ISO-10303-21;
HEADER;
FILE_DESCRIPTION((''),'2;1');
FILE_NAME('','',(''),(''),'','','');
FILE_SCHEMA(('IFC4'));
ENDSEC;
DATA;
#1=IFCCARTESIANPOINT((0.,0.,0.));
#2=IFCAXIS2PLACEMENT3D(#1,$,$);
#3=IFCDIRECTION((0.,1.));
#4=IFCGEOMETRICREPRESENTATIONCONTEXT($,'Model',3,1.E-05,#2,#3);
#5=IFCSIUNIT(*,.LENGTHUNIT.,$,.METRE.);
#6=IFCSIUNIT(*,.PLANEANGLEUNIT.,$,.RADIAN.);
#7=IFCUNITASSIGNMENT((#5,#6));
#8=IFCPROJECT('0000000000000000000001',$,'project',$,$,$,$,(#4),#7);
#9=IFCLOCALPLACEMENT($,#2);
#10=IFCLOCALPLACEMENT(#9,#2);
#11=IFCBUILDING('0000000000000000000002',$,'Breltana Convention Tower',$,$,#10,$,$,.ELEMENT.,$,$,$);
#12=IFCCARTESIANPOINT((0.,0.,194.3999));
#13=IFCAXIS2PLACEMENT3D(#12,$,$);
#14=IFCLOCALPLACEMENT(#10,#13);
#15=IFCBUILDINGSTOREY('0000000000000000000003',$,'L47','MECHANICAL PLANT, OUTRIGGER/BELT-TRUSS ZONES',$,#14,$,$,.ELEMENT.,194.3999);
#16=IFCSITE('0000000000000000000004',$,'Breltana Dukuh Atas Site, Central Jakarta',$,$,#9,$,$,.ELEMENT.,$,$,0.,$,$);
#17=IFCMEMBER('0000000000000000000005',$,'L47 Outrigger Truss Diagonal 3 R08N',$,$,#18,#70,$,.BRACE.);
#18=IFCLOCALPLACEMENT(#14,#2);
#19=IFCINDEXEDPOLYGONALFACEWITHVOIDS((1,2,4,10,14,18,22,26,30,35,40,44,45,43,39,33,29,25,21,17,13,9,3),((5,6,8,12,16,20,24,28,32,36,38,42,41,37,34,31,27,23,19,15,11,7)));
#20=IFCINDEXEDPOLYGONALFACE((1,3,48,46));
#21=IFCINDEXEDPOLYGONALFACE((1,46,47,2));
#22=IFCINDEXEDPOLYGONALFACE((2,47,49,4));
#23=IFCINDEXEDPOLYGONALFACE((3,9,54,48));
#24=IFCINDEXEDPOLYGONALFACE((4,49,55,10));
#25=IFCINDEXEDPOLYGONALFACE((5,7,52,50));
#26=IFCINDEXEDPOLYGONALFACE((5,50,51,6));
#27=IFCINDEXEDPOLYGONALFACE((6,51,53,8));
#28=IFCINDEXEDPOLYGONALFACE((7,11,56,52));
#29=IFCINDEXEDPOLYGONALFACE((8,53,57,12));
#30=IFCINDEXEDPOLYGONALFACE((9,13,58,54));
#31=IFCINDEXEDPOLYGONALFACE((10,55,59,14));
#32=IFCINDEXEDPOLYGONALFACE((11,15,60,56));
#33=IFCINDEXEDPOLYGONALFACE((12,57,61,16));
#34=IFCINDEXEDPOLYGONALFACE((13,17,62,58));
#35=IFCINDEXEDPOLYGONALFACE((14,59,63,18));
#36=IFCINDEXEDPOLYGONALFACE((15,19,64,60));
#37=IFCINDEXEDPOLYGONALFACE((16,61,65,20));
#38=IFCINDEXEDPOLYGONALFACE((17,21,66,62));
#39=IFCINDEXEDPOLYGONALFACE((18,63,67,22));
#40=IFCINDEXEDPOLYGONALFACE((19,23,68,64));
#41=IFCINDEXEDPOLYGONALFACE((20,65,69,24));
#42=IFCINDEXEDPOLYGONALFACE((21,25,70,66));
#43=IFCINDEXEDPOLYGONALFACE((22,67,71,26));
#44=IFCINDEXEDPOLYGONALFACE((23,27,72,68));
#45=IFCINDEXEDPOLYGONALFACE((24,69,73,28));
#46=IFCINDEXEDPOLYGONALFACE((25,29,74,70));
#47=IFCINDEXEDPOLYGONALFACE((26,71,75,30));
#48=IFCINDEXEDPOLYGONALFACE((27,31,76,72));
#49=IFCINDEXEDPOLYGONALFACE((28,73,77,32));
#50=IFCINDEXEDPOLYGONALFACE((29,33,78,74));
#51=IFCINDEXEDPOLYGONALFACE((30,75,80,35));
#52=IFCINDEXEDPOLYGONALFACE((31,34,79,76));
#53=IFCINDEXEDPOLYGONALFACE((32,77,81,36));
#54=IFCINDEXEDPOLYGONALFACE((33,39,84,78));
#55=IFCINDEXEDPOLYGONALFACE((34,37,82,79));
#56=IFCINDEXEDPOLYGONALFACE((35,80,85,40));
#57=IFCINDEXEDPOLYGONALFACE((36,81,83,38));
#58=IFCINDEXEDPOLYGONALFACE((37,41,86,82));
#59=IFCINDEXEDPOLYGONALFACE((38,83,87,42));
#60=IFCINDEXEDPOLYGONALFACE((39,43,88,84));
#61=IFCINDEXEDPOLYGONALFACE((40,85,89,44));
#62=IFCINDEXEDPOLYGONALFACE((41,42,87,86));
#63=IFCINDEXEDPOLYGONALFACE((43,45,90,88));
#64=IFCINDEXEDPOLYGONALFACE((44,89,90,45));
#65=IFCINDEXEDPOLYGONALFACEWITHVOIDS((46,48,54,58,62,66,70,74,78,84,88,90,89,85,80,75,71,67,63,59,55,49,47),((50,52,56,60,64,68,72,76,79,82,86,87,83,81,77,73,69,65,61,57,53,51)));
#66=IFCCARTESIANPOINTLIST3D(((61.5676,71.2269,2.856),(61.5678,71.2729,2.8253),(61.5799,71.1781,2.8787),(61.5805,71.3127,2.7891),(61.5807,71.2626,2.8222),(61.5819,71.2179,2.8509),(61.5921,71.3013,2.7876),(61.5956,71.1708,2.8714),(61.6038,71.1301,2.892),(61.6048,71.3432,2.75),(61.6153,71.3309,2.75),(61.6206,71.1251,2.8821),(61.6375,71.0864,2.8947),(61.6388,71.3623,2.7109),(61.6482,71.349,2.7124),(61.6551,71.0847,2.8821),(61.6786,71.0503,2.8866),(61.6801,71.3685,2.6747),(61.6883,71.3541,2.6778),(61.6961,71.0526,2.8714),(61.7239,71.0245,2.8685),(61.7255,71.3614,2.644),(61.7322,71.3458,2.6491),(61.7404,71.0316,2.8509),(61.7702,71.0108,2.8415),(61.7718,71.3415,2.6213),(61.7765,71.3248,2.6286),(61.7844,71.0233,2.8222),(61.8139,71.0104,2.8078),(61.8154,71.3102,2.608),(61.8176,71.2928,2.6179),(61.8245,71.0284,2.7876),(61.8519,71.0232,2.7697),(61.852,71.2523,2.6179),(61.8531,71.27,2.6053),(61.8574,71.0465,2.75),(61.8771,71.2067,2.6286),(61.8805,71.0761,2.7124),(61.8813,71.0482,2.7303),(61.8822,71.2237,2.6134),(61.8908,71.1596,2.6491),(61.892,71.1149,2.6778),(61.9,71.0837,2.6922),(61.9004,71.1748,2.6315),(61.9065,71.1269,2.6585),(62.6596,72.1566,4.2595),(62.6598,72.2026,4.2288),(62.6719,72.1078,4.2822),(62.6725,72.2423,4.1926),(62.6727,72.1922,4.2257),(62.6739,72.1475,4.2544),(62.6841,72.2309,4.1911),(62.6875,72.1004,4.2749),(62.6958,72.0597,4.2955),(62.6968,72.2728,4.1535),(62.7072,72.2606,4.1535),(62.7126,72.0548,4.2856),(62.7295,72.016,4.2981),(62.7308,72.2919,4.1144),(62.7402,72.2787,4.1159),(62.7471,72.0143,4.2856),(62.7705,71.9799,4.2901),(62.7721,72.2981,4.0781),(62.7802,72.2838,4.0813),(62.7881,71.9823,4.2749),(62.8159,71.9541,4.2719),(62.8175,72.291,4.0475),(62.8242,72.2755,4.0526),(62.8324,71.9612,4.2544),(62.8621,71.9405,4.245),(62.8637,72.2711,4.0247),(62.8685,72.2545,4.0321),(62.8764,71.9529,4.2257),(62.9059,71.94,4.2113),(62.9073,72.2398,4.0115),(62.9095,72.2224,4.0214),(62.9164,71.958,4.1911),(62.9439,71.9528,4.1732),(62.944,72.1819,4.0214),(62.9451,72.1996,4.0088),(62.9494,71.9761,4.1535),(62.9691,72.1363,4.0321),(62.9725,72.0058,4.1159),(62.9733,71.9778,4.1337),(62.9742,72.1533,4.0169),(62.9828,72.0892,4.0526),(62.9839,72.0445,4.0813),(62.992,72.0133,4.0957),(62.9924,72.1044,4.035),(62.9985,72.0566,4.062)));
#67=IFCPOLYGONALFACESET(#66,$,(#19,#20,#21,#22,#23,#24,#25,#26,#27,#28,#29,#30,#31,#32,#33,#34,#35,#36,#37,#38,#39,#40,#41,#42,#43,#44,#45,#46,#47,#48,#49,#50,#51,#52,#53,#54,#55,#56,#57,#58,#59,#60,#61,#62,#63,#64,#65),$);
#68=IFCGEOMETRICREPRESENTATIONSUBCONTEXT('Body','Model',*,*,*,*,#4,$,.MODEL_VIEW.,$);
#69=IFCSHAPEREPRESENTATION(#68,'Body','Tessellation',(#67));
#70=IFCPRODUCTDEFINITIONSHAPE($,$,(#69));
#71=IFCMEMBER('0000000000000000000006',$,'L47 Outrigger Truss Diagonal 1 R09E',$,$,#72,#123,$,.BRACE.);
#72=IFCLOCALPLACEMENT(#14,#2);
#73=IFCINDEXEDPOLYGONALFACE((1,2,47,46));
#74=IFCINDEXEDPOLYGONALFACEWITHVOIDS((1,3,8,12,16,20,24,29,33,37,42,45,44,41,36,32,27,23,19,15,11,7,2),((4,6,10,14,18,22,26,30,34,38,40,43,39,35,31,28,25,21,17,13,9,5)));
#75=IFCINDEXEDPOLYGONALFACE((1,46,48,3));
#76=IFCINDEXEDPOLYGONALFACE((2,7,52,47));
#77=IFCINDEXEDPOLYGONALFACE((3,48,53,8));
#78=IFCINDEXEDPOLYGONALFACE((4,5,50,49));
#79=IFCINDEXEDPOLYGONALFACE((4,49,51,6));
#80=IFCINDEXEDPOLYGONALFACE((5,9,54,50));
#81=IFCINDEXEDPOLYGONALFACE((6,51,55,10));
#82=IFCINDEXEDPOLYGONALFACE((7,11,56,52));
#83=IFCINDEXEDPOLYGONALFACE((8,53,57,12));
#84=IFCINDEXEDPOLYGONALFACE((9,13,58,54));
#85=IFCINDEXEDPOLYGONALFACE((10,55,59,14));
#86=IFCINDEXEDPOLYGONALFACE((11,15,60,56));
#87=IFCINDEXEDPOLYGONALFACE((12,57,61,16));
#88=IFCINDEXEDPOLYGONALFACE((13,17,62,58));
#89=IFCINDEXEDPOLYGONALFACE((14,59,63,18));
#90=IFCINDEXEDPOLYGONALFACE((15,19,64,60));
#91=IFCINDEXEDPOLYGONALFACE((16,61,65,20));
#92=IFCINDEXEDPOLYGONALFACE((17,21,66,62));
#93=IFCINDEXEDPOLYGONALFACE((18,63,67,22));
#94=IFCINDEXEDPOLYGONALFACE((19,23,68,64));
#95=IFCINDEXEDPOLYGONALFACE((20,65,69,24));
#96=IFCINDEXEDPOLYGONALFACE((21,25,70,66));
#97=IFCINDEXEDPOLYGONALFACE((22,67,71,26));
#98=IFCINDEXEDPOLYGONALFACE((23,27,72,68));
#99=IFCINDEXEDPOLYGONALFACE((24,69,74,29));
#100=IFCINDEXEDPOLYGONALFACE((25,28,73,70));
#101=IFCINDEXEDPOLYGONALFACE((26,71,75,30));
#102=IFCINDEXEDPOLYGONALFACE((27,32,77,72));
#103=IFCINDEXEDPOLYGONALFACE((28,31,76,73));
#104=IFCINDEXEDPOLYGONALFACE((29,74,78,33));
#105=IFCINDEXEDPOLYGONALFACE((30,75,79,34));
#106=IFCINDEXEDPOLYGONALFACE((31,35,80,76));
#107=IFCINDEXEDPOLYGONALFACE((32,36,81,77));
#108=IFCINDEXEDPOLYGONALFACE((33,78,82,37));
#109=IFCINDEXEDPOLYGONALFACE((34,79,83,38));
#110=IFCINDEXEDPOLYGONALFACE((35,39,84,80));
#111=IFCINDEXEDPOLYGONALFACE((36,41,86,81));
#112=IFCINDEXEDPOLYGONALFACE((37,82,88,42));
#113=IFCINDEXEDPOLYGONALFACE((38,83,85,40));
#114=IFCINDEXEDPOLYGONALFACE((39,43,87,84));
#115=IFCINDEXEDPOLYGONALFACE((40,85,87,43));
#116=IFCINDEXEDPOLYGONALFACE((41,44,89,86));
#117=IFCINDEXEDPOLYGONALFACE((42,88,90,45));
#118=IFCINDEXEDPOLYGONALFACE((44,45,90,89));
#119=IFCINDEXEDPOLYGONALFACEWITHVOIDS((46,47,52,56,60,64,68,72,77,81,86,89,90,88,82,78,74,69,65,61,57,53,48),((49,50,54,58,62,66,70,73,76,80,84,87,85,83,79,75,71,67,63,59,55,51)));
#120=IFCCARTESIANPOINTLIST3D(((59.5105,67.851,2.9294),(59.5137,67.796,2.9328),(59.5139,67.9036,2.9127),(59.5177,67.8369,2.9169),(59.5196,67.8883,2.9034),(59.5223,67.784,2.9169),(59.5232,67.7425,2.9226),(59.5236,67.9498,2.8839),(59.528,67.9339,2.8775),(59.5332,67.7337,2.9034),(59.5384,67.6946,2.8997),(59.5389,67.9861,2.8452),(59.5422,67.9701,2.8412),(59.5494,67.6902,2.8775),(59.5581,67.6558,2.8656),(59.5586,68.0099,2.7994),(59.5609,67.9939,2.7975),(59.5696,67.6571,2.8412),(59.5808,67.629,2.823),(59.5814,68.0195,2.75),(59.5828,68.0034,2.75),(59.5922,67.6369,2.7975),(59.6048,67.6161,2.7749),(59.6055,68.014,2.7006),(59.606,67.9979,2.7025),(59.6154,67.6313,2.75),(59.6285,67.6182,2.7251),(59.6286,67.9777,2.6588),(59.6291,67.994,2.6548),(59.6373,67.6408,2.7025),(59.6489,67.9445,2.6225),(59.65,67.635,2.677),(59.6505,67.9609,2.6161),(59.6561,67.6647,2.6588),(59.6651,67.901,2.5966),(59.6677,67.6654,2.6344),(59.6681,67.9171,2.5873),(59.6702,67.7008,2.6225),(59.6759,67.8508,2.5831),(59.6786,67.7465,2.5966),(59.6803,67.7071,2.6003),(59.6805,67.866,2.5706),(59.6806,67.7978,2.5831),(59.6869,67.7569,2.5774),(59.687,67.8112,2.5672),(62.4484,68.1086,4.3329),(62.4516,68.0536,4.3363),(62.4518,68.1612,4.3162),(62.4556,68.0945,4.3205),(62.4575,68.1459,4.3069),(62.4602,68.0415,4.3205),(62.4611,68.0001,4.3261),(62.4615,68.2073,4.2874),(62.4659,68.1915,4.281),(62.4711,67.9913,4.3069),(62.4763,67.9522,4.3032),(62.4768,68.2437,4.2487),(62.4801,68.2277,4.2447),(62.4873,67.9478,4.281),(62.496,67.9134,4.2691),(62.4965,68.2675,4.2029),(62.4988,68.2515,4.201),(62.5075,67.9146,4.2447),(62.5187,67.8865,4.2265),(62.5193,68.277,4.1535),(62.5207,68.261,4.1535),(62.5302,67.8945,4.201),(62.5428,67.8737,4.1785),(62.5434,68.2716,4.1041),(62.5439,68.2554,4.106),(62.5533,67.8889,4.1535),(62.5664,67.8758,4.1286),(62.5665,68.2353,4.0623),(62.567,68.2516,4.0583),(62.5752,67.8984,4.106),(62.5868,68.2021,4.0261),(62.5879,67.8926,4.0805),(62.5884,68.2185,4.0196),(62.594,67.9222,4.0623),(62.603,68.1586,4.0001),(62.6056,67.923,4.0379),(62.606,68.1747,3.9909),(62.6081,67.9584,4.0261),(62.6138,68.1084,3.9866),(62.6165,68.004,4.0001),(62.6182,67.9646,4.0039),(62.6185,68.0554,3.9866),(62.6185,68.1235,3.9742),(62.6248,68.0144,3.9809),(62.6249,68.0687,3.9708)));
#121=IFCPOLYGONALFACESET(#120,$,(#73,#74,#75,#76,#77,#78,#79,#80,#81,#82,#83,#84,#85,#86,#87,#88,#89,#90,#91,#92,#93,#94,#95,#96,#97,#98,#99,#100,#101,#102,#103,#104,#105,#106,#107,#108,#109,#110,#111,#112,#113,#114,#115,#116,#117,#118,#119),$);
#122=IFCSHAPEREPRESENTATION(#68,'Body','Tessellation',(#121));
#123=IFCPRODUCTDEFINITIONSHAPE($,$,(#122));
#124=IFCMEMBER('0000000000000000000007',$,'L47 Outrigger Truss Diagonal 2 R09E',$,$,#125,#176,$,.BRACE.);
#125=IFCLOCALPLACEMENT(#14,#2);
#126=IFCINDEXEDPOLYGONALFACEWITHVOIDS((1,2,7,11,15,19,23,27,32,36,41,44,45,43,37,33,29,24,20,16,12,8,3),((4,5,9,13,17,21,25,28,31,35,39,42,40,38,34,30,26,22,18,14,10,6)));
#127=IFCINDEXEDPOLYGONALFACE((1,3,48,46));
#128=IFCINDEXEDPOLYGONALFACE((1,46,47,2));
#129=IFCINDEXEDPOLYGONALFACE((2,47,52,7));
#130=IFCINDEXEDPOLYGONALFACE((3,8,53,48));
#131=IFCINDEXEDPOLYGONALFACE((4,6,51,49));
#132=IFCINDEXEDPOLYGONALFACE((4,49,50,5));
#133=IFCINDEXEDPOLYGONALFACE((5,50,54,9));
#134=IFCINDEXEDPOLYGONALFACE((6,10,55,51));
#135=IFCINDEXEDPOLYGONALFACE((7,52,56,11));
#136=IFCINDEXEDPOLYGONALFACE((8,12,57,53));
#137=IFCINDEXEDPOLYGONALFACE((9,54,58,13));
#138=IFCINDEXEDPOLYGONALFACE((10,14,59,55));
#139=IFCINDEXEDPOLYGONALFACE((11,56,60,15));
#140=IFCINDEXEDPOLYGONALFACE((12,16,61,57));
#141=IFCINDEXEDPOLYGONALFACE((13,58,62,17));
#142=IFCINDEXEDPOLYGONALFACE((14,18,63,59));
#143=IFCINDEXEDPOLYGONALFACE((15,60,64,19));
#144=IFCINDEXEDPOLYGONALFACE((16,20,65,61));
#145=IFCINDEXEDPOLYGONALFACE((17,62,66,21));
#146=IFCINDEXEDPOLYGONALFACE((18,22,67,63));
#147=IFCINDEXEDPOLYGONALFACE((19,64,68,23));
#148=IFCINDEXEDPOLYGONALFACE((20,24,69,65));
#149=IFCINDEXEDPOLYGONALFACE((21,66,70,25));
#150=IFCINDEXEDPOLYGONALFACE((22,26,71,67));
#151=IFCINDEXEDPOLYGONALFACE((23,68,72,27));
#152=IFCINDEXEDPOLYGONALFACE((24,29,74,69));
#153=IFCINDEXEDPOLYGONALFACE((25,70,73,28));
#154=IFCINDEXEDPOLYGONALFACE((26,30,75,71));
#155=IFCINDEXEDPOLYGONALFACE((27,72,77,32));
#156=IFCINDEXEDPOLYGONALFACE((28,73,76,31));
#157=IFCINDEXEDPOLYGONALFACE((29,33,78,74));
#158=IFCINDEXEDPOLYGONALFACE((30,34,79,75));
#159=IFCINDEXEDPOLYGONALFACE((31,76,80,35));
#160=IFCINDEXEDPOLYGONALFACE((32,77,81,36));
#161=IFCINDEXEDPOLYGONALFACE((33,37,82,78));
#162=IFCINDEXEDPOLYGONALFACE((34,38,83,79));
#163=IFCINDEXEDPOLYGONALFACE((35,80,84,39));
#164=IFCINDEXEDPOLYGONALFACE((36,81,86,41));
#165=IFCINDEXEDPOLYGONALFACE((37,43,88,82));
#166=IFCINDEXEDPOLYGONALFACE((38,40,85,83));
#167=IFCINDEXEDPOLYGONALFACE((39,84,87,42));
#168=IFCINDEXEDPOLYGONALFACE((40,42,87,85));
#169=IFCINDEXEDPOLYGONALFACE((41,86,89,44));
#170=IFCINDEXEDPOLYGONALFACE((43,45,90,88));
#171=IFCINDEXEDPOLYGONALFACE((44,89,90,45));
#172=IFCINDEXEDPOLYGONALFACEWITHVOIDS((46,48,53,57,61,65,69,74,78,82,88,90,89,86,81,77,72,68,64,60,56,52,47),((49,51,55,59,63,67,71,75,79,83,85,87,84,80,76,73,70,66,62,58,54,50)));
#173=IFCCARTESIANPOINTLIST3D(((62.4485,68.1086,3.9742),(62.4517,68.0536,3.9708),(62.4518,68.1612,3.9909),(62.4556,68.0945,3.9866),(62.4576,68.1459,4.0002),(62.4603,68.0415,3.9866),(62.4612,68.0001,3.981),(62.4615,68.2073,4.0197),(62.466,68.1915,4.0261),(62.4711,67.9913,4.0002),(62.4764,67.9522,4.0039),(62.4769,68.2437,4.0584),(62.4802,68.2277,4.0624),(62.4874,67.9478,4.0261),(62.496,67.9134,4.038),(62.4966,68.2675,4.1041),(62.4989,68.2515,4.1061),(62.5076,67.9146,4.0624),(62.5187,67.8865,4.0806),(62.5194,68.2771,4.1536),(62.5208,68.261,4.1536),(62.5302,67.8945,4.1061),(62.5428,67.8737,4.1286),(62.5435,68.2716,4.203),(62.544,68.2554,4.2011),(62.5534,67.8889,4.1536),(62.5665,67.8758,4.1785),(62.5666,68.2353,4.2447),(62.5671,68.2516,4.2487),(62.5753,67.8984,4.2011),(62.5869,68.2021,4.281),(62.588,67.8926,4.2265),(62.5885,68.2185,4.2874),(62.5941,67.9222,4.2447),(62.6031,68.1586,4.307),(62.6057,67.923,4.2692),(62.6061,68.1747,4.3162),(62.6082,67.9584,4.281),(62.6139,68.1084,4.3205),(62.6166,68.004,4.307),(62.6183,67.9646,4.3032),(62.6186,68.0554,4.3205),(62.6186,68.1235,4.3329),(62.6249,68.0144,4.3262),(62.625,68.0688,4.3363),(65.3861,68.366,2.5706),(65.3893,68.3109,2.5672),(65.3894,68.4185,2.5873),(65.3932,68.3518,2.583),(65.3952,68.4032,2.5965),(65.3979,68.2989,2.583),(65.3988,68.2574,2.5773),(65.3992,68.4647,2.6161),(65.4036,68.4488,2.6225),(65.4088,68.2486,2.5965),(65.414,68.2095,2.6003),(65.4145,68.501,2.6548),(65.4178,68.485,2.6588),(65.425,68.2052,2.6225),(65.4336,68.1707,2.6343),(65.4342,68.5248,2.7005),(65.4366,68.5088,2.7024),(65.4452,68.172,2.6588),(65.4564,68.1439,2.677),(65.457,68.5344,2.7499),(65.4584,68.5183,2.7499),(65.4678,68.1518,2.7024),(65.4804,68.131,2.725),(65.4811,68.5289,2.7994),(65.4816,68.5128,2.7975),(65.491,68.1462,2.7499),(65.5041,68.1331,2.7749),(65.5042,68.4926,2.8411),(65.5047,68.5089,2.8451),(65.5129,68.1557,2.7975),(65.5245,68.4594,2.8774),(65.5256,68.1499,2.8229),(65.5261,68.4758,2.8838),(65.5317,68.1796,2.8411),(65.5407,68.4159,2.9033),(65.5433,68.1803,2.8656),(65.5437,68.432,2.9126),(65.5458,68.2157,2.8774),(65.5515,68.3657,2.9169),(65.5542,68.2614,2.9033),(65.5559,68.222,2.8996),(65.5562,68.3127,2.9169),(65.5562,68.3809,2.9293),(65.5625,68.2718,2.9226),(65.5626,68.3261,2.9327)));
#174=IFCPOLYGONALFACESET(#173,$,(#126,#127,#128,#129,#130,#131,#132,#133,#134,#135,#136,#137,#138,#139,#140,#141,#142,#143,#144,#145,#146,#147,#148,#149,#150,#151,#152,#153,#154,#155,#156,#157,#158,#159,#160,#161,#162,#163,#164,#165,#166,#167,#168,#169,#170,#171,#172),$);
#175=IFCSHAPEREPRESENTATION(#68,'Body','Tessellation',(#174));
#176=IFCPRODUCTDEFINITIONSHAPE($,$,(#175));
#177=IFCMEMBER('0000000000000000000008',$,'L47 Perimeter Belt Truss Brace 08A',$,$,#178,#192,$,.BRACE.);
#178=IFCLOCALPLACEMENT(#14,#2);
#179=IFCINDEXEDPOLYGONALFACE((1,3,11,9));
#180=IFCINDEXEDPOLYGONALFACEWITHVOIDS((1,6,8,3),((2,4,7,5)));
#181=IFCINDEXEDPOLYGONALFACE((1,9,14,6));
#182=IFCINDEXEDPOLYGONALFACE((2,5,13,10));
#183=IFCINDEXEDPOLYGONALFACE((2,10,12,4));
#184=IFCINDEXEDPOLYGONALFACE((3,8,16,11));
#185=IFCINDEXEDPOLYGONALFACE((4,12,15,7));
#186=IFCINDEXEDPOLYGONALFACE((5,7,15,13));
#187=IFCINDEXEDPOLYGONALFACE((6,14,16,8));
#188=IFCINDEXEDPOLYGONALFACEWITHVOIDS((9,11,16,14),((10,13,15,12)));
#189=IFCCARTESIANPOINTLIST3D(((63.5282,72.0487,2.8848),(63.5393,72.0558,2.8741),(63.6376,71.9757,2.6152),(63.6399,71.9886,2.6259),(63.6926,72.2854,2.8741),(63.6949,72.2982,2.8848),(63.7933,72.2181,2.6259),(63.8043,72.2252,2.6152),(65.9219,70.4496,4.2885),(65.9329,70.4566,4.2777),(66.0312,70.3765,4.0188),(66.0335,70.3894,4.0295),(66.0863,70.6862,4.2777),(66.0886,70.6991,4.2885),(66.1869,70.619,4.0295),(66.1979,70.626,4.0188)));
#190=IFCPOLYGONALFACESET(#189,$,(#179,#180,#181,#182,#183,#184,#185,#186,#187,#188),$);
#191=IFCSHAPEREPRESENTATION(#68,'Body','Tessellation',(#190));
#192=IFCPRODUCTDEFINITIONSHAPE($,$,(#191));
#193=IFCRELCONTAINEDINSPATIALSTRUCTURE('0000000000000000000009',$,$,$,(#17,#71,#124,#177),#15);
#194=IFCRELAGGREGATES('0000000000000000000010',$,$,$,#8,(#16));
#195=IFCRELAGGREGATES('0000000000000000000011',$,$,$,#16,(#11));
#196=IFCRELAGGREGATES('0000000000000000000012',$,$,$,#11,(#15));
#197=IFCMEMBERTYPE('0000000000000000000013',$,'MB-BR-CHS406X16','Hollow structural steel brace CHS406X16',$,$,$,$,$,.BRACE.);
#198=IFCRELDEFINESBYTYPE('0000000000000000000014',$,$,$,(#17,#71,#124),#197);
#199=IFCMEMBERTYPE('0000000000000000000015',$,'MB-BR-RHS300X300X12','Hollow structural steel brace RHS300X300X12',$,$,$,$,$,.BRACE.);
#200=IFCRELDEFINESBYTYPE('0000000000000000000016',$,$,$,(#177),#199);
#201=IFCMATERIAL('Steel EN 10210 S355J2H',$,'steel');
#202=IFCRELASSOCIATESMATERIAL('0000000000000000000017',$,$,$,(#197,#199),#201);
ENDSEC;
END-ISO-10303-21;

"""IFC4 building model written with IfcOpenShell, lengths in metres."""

from ifc_helpers import new_model, si_unit, direction, frame, origin, origin_2d, place, context, subcontext, project, spatial, hollow_rectangle, hollow_circle, extrude, source, transform, mapped, material, material_profile, profile_set, type_object, element, save


model = new_model("IFC4")

# Units and contexts
model_context = context("Model", 3, precision=1e-05, world=origin(), true_north=direction((0.0, 1.0)))
body_context = subcontext(model_context, "Body", "Model", "MODEL_VIEW")
ifc_project = project(units=[si_unit("LENGTHUNIT", "METRE"), si_unit("PLANEANGLEUNIT", "RADIAN")], contexts=[model_context])

# Site, building, storey
site_placement = place(None, origin())
site = spatial("IfcSite", under=ifc_project, at=site_placement, Name="Breltana Dukuh Atas Site, Central Jakarta", CompositionType="ELEMENT", RefElevation=0.0)
building_placement = place(site_placement, origin())
building = spatial("IfcBuilding", under=site, at=building_placement, Name="Breltana Convention Tower", CompositionType="ELEMENT")
storey_placement = place(building_placement, frame((0.0, 0.0, 194.3999)))
storey = spatial("IfcBuildingStorey", under=building, at=storey_placement, Name="L47", Description="MECHANICAL PLANT, OUTRIGGER/BELT-TRUSS ZONES", CompositionType="ELEMENT", Elevation=194.3999)

# Members
ifc_material_1 = material(Name="Steel EN 10210 S355J2H", Category="steel")
ifc_material_profile_1 = material_profile(ifc_material_1, hollow_circle(Radius=0.2029, WallThickness=0.0161, at=origin_2d()), Name="CHS406X16")
ifc_profile_set_1 = profile_set([ifc_material_profile_1], Name="Steel EN 10210 S355J2H")
member_type_1 = type_object("IfcMemberType", Name="MB-BR-CHS406X16", Description="Hollow structural steel brace CHS406X16", PredefinedType="BRACE", material=ifc_profile_set_1)
shared_shape_1 = source(origin(), body_context, "Body", "SweptSolid", [
    extrude(hollow_circle(Radius=0.2029, WallThickness=0.0161, at=origin_2d()), origin(), (0.0, 0.0, 1.0), 2.0066),
])
for number, where, z_axis, x_axis, name in (
    (1, (61.7363, 71.1887, 2.75), (0.544196, 0.463291, 0.699437), (-0.648236, 0.761439, 0.0), "L47 Outrigger Truss Diagonal 3 R08N"),
):
    element("IfcMember", number, at=place(storey_placement, frame(where, z_axis=z_axis, x_axis=x_axis)), inside=storey, type_object=member_type_1, Name=name, PredefinedType="BRACE", context=body_context, shape_type="MappedRepresentation", body=[
        mapped(shared_shape_1, transform((0.0, 0.0, 0.0), scale=1.0)),
    ])
shared_shape_2 = source(origin(), body_context, "Body", "SweptSolid", [
    extrude(hollow_circle(Radius=0.2029, WallThickness=0.0161, at=origin_2d()), origin(), (0.0, 0.0, 1.0), 3.2661),
])
member_1_placement = place(storey_placement, frame((59.5991, 67.8174, 2.75), z_axis=(0.899511, 0.078859, 0.429723), x_axis=(-0.087333, 0.996179, 0.0)))
element("IfcMember", 2, at=member_1_placement, inside=storey, type_object=member_type_1, Name="L47 Outrigger Truss Diagonal 1 R09E", PredefinedType="BRACE", context=body_context, shape_type="MappedRepresentation", body=[
    mapped(shared_shape_2, transform((0.0, 0.0, 0.0), scale=1.0)),
])
shared_shape_3 = source(origin(), body_context, "Body", "SweptSolid", [
    extrude(hollow_circle(Radius=0.2029, WallThickness=0.0161, at=origin_2d()), origin(), (0.0, 0.0, 1.0), 3.2659),
])
member_2_placement = place(storey_placement, frame((62.5371, 68.075, 4.1536), z_axis=(0.899487, 0.078795, -0.429783), x_axis=(-0.087266, 0.996185, 0.0)))
element("IfcMember", 3, at=member_2_placement, inside=storey, type_object=member_type_1, Name="L47 Outrigger Truss Diagonal 2 R09E", PredefinedType="BRACE", context=body_context, shape_type="MappedRepresentation", body=[
    mapped(shared_shape_3, transform((0.0, 0.0, 0.0), scale=1.0)),
])
ifc_material_profile_2 = material_profile(ifc_material_1, hollow_rectangle(XDim=0.3, YDim=0.3, WallThickness=0.012, at=origin_2d()), Name="RHS300X300X12")
ifc_profile_set_2 = profile_set([ifc_material_profile_2], Name="Steel EN 10210 S355J2H")
member_type_2 = type_object("IfcMemberType", Name="MB-BR-RHS300X300X12", Description="Hollow structural steel brace RHS300X300X12", PredefinedType="BRACE", material=ifc_profile_set_2)
shared_shape_4 = source(origin(), body_context, "Body", "SweptSolid", [
    extrude(hollow_rectangle(XDim=0.3, YDim=0.3, WallThickness=0.012, at=origin_2d()), origin(), (0.0, 0.0, 1.0), 3.2026),
])
member_3_placement = place(storey_placement, frame((63.6663, 72.137, 2.75), z_axis=(0.747392, -0.499328, 0.438266), x_axis=(0.555522, 0.831502, 0.0)))
element("IfcMember", 4, at=member_3_placement, inside=storey, type_object=member_type_2, Name="L47 Perimeter Belt Truss Brace 08A", PredefinedType="BRACE", context=body_context, shape_type="MappedRepresentation", body=[
    mapped(shared_shape_4, transform((0.0, 0.0, 0.0), scale=1.0)),
])

save(model, "model.ifc")
